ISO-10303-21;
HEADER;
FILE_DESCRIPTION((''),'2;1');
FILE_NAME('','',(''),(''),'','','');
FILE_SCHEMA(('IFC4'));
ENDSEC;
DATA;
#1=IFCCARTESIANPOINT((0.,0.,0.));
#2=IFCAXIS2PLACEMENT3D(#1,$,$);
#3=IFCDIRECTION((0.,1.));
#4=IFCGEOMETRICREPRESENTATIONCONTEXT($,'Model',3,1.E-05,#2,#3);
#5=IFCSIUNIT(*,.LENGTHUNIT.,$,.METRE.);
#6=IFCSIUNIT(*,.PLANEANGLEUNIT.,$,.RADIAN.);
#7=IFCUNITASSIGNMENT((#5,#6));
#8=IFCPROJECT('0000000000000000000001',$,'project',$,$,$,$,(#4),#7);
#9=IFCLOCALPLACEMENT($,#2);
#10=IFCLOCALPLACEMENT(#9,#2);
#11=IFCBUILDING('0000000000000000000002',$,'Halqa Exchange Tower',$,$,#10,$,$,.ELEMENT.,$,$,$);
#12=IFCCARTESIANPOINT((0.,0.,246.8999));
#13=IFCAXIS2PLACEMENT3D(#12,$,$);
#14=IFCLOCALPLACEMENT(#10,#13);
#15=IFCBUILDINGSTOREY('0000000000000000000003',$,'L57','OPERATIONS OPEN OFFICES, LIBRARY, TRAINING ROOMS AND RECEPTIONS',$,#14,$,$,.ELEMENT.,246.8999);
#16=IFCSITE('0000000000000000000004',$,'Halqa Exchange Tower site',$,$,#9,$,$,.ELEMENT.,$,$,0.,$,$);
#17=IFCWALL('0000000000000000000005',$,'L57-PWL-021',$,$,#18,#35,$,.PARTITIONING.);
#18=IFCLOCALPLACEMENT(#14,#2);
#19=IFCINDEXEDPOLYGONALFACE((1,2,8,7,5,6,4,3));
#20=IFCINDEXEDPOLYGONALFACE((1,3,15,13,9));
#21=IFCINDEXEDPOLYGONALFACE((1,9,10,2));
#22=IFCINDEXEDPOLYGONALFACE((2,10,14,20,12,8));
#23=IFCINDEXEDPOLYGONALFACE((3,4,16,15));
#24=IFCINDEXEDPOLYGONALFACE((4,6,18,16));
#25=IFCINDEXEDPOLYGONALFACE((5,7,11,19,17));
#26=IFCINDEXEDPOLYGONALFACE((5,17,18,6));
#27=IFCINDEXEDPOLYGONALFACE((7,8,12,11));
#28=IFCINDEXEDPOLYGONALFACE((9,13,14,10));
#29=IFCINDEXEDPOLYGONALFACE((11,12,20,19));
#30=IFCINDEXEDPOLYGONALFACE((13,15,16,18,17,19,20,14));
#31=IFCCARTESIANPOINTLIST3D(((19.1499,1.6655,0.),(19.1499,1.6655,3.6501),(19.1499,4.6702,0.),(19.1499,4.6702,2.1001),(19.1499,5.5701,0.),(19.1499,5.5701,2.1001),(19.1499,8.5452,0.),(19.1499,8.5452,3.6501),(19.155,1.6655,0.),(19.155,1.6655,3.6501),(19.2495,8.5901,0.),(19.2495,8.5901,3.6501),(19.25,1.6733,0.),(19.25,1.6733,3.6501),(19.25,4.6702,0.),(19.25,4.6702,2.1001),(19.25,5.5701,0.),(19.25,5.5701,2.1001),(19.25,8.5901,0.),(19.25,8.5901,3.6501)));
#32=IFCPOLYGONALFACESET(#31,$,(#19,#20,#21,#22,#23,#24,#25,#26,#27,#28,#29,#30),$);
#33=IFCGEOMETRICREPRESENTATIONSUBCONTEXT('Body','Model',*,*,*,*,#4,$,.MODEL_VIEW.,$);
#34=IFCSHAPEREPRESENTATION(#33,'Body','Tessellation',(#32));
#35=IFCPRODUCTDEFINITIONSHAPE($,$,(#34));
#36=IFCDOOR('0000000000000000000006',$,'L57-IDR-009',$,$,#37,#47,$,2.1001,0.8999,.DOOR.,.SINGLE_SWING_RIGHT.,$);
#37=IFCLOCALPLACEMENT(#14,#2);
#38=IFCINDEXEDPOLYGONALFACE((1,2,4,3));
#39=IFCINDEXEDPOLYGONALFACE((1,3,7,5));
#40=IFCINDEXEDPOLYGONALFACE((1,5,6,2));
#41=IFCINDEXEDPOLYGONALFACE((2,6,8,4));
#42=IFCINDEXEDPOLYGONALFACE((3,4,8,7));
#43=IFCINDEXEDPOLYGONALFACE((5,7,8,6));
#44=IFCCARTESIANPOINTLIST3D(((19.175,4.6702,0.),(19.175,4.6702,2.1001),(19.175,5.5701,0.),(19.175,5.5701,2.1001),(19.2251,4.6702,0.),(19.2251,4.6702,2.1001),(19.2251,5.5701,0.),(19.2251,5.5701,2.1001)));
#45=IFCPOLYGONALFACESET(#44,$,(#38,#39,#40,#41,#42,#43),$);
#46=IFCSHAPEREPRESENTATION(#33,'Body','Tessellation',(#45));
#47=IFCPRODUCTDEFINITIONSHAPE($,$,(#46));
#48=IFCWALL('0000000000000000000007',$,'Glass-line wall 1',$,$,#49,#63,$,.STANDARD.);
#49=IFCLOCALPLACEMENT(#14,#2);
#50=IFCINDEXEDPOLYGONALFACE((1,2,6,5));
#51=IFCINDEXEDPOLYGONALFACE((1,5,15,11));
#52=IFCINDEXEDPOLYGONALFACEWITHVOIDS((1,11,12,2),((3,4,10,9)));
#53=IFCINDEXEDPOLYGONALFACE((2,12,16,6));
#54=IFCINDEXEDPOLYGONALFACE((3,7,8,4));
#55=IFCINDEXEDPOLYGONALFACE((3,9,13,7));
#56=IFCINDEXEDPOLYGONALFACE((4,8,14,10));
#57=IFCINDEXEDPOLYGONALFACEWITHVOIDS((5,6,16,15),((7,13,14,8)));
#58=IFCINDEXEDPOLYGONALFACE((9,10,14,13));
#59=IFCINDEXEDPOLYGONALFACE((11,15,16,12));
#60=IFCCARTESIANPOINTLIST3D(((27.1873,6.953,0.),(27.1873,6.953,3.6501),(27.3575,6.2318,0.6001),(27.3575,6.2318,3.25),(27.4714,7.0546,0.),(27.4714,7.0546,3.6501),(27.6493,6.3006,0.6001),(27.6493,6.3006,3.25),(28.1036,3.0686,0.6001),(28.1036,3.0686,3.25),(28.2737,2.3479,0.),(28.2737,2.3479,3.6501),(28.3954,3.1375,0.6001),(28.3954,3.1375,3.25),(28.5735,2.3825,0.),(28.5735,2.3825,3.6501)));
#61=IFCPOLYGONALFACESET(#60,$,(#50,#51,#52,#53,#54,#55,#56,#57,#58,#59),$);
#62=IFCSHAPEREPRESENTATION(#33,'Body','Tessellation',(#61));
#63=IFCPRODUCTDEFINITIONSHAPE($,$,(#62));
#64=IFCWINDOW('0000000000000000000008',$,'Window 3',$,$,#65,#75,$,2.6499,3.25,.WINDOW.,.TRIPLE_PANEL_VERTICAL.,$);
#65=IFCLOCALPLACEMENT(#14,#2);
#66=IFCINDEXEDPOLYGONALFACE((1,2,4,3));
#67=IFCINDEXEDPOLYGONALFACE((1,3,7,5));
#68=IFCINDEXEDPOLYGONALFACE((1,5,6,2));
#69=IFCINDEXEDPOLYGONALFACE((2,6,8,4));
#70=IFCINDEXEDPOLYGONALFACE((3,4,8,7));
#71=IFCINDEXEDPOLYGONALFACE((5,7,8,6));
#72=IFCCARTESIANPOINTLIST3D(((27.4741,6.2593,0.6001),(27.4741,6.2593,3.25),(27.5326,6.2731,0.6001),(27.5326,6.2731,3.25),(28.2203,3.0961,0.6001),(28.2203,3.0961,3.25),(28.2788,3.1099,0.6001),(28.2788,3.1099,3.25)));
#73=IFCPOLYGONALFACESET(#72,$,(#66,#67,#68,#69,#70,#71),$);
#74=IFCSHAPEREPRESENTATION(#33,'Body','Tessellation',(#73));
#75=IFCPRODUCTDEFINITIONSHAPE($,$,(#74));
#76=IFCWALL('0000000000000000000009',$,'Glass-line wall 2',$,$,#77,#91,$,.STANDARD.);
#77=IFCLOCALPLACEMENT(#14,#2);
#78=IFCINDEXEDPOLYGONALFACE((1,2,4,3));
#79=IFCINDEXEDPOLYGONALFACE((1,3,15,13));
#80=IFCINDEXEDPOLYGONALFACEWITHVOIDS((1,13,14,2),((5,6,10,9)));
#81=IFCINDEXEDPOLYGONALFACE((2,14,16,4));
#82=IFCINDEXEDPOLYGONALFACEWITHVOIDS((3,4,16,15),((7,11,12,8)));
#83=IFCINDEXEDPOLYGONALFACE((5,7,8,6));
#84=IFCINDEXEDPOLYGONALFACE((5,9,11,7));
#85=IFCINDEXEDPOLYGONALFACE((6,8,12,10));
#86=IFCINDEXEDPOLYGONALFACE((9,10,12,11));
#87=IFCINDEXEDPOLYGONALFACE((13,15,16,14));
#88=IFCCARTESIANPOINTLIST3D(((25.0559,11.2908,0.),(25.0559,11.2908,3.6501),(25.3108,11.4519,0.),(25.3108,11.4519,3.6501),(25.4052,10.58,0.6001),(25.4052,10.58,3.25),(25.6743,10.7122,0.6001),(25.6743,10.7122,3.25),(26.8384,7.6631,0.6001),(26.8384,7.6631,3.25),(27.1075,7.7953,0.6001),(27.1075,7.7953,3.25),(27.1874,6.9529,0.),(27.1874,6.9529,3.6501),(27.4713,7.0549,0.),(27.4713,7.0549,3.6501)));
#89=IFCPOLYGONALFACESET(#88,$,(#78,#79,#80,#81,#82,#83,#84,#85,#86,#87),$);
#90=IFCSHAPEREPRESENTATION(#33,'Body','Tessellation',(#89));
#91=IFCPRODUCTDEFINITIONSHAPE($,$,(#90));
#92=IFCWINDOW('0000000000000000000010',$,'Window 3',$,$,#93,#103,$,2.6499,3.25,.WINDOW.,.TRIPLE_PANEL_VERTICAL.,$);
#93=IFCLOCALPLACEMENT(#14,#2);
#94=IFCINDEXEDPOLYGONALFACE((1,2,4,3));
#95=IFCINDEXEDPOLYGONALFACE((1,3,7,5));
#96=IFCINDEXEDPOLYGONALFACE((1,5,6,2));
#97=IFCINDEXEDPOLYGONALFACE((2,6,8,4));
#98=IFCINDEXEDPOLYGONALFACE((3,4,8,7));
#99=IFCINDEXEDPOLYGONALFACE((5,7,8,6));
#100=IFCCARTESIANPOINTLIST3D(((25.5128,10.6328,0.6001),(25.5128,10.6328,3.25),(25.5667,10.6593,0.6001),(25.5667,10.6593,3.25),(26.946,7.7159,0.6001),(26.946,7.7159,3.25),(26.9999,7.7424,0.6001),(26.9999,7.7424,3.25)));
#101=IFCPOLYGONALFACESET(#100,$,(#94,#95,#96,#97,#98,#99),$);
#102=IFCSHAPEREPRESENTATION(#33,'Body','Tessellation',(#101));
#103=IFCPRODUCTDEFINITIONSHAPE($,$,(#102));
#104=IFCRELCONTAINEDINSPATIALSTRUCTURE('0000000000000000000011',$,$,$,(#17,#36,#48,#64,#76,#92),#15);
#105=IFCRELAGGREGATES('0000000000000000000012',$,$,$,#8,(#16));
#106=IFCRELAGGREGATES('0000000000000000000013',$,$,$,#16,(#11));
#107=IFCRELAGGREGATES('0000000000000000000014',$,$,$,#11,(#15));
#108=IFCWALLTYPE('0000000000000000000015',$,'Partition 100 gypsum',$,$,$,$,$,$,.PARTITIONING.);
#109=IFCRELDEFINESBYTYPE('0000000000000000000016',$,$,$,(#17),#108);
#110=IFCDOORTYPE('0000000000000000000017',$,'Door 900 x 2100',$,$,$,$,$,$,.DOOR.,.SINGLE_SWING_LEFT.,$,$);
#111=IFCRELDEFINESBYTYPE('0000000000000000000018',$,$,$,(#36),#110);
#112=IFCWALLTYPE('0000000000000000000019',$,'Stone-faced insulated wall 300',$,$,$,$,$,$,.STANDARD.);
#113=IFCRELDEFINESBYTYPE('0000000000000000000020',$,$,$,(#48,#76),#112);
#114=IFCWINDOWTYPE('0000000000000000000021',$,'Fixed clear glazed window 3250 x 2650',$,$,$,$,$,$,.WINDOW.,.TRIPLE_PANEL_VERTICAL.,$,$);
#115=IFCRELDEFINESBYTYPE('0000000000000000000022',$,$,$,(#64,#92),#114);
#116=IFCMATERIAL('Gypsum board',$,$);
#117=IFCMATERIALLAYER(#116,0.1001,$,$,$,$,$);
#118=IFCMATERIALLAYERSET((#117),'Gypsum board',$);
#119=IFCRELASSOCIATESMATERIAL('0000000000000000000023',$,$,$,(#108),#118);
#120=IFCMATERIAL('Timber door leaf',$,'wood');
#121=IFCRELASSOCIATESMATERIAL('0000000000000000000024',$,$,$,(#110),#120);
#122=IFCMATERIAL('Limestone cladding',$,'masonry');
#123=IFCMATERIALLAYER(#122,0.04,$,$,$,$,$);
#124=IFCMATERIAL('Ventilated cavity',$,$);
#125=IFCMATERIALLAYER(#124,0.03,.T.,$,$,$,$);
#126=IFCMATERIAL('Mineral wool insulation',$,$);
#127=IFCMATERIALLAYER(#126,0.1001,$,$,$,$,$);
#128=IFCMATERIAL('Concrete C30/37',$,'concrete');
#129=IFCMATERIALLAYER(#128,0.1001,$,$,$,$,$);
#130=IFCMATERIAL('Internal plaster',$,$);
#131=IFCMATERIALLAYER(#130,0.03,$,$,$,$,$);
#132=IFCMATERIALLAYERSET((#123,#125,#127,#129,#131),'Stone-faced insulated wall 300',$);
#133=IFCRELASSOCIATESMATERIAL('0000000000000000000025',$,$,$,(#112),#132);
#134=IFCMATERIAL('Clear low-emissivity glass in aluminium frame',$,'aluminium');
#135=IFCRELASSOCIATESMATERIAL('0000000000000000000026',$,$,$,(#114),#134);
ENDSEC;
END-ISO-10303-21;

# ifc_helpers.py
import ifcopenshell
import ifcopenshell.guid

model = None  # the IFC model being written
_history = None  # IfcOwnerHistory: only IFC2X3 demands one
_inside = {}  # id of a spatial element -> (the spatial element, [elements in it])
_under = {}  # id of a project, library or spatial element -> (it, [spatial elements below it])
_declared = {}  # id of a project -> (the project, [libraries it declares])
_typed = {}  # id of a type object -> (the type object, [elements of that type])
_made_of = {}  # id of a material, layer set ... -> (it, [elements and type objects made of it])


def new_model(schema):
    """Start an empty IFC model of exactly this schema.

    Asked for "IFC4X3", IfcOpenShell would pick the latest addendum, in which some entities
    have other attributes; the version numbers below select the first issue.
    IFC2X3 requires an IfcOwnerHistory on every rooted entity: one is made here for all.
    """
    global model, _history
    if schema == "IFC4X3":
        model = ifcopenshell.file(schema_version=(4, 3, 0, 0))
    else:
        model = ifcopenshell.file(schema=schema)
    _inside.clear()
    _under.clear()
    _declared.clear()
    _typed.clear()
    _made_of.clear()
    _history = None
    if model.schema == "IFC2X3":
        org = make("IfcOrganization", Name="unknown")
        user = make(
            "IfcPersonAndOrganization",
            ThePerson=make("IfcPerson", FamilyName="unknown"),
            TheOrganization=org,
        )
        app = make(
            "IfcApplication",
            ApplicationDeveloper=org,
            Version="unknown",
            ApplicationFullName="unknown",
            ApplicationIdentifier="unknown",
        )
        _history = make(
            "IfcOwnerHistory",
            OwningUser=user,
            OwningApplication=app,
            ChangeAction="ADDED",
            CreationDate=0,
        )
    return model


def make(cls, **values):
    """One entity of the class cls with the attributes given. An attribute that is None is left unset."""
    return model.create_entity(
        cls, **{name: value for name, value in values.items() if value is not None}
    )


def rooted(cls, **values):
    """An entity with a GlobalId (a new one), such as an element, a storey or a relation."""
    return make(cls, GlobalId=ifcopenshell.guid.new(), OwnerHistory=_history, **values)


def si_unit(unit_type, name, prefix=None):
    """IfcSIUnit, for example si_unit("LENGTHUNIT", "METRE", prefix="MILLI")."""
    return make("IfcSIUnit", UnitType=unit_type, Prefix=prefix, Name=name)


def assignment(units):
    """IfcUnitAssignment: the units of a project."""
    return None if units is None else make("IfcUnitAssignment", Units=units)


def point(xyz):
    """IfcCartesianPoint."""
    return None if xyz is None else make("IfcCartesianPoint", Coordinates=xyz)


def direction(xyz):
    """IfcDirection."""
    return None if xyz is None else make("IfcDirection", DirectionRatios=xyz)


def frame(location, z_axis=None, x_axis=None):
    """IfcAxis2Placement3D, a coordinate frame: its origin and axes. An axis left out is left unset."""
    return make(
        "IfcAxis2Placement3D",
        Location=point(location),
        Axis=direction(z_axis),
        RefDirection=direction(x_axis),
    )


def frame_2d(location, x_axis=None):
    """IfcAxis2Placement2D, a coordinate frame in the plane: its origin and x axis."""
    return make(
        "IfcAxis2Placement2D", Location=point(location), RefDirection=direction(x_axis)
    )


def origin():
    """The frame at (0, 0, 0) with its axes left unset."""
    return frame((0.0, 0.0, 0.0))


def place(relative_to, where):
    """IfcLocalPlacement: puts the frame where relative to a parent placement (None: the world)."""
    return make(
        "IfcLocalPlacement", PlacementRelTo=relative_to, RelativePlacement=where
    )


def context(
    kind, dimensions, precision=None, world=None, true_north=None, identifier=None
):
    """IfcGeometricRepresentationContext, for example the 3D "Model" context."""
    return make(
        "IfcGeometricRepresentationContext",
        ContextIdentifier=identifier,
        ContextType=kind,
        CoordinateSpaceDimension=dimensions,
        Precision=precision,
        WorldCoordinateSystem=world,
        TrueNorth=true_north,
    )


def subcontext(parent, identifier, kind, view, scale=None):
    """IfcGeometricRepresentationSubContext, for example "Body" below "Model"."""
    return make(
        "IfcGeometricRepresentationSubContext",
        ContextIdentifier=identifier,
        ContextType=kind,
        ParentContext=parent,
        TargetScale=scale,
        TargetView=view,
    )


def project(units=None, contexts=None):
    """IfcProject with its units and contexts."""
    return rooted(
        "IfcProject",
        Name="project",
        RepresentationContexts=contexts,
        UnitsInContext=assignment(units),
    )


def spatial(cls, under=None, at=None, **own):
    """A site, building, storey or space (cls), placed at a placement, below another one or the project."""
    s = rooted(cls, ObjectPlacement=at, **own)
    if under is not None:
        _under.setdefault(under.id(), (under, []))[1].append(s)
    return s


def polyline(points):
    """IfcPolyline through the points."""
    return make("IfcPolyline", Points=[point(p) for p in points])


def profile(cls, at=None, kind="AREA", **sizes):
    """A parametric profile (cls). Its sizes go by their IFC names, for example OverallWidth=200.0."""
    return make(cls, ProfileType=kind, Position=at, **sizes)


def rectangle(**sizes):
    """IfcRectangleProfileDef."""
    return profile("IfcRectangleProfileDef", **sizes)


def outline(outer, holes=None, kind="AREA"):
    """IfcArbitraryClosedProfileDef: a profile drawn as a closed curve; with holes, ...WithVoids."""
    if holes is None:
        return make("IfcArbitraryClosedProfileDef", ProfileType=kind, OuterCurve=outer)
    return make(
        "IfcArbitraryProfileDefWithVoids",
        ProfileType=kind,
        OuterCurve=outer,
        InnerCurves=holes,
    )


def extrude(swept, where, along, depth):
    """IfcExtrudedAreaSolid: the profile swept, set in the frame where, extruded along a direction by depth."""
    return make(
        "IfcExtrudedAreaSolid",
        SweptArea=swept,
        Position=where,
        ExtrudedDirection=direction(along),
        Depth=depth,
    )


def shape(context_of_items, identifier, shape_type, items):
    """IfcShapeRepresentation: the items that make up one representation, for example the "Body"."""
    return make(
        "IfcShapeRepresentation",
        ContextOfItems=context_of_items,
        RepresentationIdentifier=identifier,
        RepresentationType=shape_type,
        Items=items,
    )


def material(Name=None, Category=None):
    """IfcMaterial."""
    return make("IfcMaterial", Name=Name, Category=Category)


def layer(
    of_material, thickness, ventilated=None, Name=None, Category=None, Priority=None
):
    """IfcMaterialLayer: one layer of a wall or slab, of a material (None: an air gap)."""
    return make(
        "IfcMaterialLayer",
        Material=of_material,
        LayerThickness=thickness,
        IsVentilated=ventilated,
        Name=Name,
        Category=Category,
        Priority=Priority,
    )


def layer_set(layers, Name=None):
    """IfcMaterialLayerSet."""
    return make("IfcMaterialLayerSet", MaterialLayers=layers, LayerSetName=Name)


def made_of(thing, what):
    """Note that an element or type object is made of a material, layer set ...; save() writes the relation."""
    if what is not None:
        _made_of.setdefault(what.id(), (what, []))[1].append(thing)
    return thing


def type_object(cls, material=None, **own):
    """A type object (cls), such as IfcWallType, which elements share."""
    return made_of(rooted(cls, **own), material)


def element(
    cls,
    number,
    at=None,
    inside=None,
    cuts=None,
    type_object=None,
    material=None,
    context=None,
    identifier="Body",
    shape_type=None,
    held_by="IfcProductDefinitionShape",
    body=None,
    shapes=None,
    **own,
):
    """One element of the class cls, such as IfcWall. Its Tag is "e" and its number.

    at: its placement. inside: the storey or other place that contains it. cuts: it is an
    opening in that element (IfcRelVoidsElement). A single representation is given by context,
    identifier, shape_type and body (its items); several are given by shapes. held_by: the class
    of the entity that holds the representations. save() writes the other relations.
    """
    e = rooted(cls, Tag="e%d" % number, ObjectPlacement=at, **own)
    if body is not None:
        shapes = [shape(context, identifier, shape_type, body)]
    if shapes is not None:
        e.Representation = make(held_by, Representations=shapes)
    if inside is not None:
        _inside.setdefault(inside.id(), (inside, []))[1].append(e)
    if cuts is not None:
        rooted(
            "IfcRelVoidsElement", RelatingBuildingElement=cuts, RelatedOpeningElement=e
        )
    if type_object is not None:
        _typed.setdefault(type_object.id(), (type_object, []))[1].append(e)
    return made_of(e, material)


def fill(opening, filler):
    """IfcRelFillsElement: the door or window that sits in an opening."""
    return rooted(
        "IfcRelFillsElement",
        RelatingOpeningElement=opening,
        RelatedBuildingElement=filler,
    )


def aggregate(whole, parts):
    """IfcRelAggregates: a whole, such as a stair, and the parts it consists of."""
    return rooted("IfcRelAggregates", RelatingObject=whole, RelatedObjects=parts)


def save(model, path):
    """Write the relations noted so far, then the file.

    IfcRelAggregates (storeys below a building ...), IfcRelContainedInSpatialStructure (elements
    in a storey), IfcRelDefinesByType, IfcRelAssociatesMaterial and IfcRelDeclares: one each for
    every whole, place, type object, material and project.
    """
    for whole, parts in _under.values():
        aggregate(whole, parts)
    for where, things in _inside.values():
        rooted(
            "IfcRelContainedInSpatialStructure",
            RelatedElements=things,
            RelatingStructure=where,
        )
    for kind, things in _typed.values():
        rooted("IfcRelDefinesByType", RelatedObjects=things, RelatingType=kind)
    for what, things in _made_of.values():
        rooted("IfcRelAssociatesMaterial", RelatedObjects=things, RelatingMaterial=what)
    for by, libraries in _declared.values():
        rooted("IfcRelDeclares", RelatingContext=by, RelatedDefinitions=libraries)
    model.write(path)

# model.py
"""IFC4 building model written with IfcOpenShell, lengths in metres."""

from ifc_helpers import new_model, si_unit, direction, frame, frame_2d, origin, place, context, subcontext, project, spatial, polyline, rectangle, outline, extrude, material, layer, layer_set, type_object, element, fill, save


model = new_model("IFC4")

# Units and contexts
model_context = context("Model", 3, precision=1e-05, world=origin(), true_north=direction((0.0, 1.0)))
body_context = subcontext(model_context, "Body", "Model", "MODEL_VIEW")
ifc_project = project(units=[si_unit("LENGTHUNIT", "METRE"), si_unit("PLANEANGLEUNIT", "RADIAN")], contexts=[model_context])

# Site, building, storey
site_placement = place(None, origin())
site = spatial("IfcSite", under=ifc_project, at=site_placement, Name="Halqa Exchange Tower site", CompositionType="ELEMENT", RefElevation=0.0)
building_placement = place(site_placement, origin())
building = spatial("IfcBuilding", under=site, at=building_placement, Name="Halqa Exchange Tower", CompositionType="ELEMENT")
storey_placement = place(building_placement, frame((0.0, 0.0, 246.8999)))
storey = spatial("IfcBuildingStorey", under=building, at=storey_placement, Name="L57", Description="OPERATIONS OPEN OFFICES, LIBRARY, TRAINING ROOMS AND RECEPTIONS", CompositionType="ELEMENT", Elevation=246.8999)

# Wall, opening, door
ifc_material_1 = material(Name="Gypsum board")
ifc_layer_1 = layer(ifc_material_1, 0.1001)
ifc_layer_set_1 = layer_set([ifc_layer_1], Name="Gypsum board")
wall_type_1 = type_object("IfcWallType", Name="Partition 100 gypsum", PredefinedType="PARTITIONING", material=ifc_layer_set_1)
wall_1_placement = place(storey_placement, frame((19.2, 8.5901, 0.0), z_axis=(0.0, 0.0, 1.0), x_axis=(0.0, -1.0, 0.0)))
wall_1 = element("IfcWall", 1, at=wall_1_placement, inside=storey, type_object=wall_type_1, Name="L57-PWL-021", PredefinedType="PARTITIONING", context=body_context, shape_type="SweptSolid", body=[
    extrude(outline(polyline([(6.9246, -0.05), (6.9246, -0.0449), (6.9167, 0.05), (5.1875, 0.05), (3.4583, 0.05), (1.7292, 0.05), (0.0, 0.05), (0.0, 0.0496), (0.0449, -0.05), (1.7646, -0.05), (3.4846, -0.05), (5.2046, -0.05), (6.9246, -0.05)])), origin(), (0.0, 0.0, 1.0), 3.6501),
])
opening_1_placement = place(wall_1_placement, frame((3.02, 0.0, 0.0)))
opening_1 = element("IfcOpeningElement", 2, at=opening_1_placement, cuts=wall_1, PredefinedType="OPENING", context=body_context, shape_type="SweptSolid", body=[
    extrude(rectangle(XDim=0.8999, YDim=2.1001, at=frame_2d((0.45, 1.05))), frame((0.0, 0.062, 0.0), z_axis=(0.0, -1.0, 0.0), x_axis=(1.0, 0.0, 0.0)), (0.0, 0.0, 1.0), 0.124),
])
ifc_material_2 = material(Name="Timber door leaf", Category="wood")
door_type_1 = type_object("IfcDoorType", Name="Door 900 x 2100", OperationType="SINGLE_SWING_LEFT", PredefinedType="DOOR", material=ifc_material_2)
door_1_placement = place(opening_1_placement, frame((0.8999, 0.0, 0.0), z_axis=(0.0, 0.0, 1.0), x_axis=(-1.0, 0.0, 0.0)))
door_1 = element("IfcDoor", 3, at=door_1_placement, inside=storey, type_object=door_type_1, Name="L57-IDR-009", OperationType="SINGLE_SWING_RIGHT", OverallHeight=2.1001, OverallWidth=0.8999, PredefinedType="DOOR", context=body_context, shape_type="SweptSolid", body=[
    extrude(rectangle(XDim=0.8999, YDim=2.1001, at=frame_2d((0.45, 1.05))), frame((0.0, 0.0249, 0.0), z_axis=(0.0, -1.0, 0.0), x_axis=(1.0, 0.0, 0.0)), (0.0, 0.0, 1.0), 0.05),
])
fill(opening_1, door_1)

# Walls, openings, windows
ifc_material_3 = material(Name="Limestone cladding", Category="masonry")
ifc_layer_2 = layer(ifc_material_3, 0.04)
ifc_material_4 = material(Name="Ventilated cavity")
ifc_layer_3 = layer(ifc_material_4, 0.03, ventilated=True)
ifc_material_5 = material(Name="Mineral wool insulation")
ifc_layer_4 = layer(ifc_material_5, 0.1001)
ifc_material_6 = material(Name="Concrete C30/37", Category="concrete")
ifc_layer_5 = layer(ifc_material_6, 0.1001)
ifc_material_7 = material(Name="Internal plaster")
ifc_layer_6 = layer(ifc_material_7, 0.03)
ifc_layer_set_2 = layer_set([ifc_layer_2, ifc_layer_3, ifc_layer_4, ifc_layer_5, ifc_layer_6], Name="Stone-faced insulated wall 300")
wall_type_2 = type_object("IfcWallType", Name="Stone-faced insulated wall 300", PredefinedType="STANDARD", material=ifc_layer_set_2)
wall_2_placement = place(storey_placement, frame((28.4236, 2.3652, 0.0), z_axis=(0.0, 0.0, 1.0), x_axis=(-0.229593, 0.973287, 0.0)))
wall_2 = element("IfcWall", 4, at=wall_2_placement, inside=storey, type_object=wall_type_2, Name="Glass-line wall 1", PredefinedType="STANDARD", context=body_context, shape_type="SweptSolid", body=[
    extrude(outline(polyline([(-0.0176, -0.1499), (4.7827, -0.1499), (4.749, 0.1499), (0.0176, 0.1499), (-0.0176, -0.1499)])), origin(), (0.0, 0.0, 1.0), 3.6501),
])
opening_2_placement = place(wall_2_placement, frame((0.7581, 0.0, 0.6001)))
opening_2 = element("IfcOpeningElement", 5, at=opening_2_placement, cuts=wall_2, PredefinedType="OPENING", context=body_context, shape_type="SweptSolid", body=[
    extrude(rectangle(XDim=3.25, YDim=2.6499, at=frame_2d((1.625, 1.325))), frame((0.0, 0.1621, 0.0), z_axis=(0.0, -1.0, 0.0), x_axis=(1.0, 0.0, 0.0)), (0.0, 0.0, 1.0), 0.324),
])
ifc_material_8 = material(Name="Clear low-emissivity glass in aluminium frame", Category="aluminium")
window_type = type_object("IfcWindowType", Name="Fixed clear glazed window 3250 x 2650", PartitioningType="TRIPLE_PANEL_VERTICAL", PredefinedType="WINDOW", material=ifc_material_8)
window_1_placement = place(opening_2_placement, origin())
window_1 = element("IfcWindow", 6, at=window_1_placement, inside=storey, type_object=window_type, Name="Window 3", OverallHeight=2.6499, OverallWidth=3.25, PartitioningType="TRIPLE_PANEL_VERTICAL", PredefinedType="WINDOW", context=body_context, shape_type="SweptSolid", body=[
    extrude(rectangle(XDim=3.25, YDim=2.6499, at=frame_2d((1.625, 1.325))), frame((0.0, 0.03, 0.0), z_axis=(0.0, -1.0, 0.0), x_axis=(1.0, 0.0, 0.0)), (0.0, 0.0, 1.0), 0.0601),
])
fill(opening_2, window_1)
wall_3_placement = place(storey_placement, frame((27.3293, 7.0039, 0.0), z_axis=(0.0, 0.0, 1.0), x_axis=(-0.441002, 0.897506, 0.0)))
wall_3 = element("IfcWall", 7, at=wall_3_placement, inside=storey, type_object=wall_type_2, Name="Glass-line wall 2", PredefinedType="STANDARD", context=body_context, shape_type="SweptSolid", body=[
    extrude(outline(polyline([(-0.0168, -0.1499), (4.8823, -0.1499), (4.8501, 0.1499), (0.0168, 0.1499), (-0.0168, -0.1499)])), origin(), (0.0, 0.0, 1.0), 3.6501),
])
opening_3_placement = place(wall_3_placement, frame((0.8081, 0.0, 0.6001)))
opening_3 = element("IfcOpeningElement", 8, at=opening_3_placement, cuts=wall_3, PredefinedType="OPENING", context=body_context, shape_type="SweptSolid", body=[
    extrude(rectangle(XDim=3.25, YDim=2.6499, at=frame_2d((1.625, 1.325))), frame((0.0, 0.1621, 0.0), z_axis=(0.0, -1.0, 0.0), x_axis=(1.0, 0.0, 0.0)), (0.0, 0.0, 1.0), 0.324),
])
window_2_placement = place(opening_3_placement, origin())
window_2 = element("IfcWindow", 9, at=window_2_placement, inside=storey, type_object=window_type, Name="Window 3", OverallHeight=2.6499, OverallWidth=3.25, PartitioningType="TRIPLE_PANEL_VERTICAL", PredefinedType="WINDOW", context=body_context, shape_type="SweptSolid", body=[
    extrude(rectangle(XDim=3.25, YDim=2.6499, at=frame_2d((1.625, 1.325))), frame((0.0, 0.03, 0.0), z_axis=(0.0, -1.0, 0.0), x_axis=(1.0, 0.0, 0.0)), (0.0, 0.0, 1.0), 0.0601),
])
fill(opening_3, window_2)

save(model, "model.ifc")
